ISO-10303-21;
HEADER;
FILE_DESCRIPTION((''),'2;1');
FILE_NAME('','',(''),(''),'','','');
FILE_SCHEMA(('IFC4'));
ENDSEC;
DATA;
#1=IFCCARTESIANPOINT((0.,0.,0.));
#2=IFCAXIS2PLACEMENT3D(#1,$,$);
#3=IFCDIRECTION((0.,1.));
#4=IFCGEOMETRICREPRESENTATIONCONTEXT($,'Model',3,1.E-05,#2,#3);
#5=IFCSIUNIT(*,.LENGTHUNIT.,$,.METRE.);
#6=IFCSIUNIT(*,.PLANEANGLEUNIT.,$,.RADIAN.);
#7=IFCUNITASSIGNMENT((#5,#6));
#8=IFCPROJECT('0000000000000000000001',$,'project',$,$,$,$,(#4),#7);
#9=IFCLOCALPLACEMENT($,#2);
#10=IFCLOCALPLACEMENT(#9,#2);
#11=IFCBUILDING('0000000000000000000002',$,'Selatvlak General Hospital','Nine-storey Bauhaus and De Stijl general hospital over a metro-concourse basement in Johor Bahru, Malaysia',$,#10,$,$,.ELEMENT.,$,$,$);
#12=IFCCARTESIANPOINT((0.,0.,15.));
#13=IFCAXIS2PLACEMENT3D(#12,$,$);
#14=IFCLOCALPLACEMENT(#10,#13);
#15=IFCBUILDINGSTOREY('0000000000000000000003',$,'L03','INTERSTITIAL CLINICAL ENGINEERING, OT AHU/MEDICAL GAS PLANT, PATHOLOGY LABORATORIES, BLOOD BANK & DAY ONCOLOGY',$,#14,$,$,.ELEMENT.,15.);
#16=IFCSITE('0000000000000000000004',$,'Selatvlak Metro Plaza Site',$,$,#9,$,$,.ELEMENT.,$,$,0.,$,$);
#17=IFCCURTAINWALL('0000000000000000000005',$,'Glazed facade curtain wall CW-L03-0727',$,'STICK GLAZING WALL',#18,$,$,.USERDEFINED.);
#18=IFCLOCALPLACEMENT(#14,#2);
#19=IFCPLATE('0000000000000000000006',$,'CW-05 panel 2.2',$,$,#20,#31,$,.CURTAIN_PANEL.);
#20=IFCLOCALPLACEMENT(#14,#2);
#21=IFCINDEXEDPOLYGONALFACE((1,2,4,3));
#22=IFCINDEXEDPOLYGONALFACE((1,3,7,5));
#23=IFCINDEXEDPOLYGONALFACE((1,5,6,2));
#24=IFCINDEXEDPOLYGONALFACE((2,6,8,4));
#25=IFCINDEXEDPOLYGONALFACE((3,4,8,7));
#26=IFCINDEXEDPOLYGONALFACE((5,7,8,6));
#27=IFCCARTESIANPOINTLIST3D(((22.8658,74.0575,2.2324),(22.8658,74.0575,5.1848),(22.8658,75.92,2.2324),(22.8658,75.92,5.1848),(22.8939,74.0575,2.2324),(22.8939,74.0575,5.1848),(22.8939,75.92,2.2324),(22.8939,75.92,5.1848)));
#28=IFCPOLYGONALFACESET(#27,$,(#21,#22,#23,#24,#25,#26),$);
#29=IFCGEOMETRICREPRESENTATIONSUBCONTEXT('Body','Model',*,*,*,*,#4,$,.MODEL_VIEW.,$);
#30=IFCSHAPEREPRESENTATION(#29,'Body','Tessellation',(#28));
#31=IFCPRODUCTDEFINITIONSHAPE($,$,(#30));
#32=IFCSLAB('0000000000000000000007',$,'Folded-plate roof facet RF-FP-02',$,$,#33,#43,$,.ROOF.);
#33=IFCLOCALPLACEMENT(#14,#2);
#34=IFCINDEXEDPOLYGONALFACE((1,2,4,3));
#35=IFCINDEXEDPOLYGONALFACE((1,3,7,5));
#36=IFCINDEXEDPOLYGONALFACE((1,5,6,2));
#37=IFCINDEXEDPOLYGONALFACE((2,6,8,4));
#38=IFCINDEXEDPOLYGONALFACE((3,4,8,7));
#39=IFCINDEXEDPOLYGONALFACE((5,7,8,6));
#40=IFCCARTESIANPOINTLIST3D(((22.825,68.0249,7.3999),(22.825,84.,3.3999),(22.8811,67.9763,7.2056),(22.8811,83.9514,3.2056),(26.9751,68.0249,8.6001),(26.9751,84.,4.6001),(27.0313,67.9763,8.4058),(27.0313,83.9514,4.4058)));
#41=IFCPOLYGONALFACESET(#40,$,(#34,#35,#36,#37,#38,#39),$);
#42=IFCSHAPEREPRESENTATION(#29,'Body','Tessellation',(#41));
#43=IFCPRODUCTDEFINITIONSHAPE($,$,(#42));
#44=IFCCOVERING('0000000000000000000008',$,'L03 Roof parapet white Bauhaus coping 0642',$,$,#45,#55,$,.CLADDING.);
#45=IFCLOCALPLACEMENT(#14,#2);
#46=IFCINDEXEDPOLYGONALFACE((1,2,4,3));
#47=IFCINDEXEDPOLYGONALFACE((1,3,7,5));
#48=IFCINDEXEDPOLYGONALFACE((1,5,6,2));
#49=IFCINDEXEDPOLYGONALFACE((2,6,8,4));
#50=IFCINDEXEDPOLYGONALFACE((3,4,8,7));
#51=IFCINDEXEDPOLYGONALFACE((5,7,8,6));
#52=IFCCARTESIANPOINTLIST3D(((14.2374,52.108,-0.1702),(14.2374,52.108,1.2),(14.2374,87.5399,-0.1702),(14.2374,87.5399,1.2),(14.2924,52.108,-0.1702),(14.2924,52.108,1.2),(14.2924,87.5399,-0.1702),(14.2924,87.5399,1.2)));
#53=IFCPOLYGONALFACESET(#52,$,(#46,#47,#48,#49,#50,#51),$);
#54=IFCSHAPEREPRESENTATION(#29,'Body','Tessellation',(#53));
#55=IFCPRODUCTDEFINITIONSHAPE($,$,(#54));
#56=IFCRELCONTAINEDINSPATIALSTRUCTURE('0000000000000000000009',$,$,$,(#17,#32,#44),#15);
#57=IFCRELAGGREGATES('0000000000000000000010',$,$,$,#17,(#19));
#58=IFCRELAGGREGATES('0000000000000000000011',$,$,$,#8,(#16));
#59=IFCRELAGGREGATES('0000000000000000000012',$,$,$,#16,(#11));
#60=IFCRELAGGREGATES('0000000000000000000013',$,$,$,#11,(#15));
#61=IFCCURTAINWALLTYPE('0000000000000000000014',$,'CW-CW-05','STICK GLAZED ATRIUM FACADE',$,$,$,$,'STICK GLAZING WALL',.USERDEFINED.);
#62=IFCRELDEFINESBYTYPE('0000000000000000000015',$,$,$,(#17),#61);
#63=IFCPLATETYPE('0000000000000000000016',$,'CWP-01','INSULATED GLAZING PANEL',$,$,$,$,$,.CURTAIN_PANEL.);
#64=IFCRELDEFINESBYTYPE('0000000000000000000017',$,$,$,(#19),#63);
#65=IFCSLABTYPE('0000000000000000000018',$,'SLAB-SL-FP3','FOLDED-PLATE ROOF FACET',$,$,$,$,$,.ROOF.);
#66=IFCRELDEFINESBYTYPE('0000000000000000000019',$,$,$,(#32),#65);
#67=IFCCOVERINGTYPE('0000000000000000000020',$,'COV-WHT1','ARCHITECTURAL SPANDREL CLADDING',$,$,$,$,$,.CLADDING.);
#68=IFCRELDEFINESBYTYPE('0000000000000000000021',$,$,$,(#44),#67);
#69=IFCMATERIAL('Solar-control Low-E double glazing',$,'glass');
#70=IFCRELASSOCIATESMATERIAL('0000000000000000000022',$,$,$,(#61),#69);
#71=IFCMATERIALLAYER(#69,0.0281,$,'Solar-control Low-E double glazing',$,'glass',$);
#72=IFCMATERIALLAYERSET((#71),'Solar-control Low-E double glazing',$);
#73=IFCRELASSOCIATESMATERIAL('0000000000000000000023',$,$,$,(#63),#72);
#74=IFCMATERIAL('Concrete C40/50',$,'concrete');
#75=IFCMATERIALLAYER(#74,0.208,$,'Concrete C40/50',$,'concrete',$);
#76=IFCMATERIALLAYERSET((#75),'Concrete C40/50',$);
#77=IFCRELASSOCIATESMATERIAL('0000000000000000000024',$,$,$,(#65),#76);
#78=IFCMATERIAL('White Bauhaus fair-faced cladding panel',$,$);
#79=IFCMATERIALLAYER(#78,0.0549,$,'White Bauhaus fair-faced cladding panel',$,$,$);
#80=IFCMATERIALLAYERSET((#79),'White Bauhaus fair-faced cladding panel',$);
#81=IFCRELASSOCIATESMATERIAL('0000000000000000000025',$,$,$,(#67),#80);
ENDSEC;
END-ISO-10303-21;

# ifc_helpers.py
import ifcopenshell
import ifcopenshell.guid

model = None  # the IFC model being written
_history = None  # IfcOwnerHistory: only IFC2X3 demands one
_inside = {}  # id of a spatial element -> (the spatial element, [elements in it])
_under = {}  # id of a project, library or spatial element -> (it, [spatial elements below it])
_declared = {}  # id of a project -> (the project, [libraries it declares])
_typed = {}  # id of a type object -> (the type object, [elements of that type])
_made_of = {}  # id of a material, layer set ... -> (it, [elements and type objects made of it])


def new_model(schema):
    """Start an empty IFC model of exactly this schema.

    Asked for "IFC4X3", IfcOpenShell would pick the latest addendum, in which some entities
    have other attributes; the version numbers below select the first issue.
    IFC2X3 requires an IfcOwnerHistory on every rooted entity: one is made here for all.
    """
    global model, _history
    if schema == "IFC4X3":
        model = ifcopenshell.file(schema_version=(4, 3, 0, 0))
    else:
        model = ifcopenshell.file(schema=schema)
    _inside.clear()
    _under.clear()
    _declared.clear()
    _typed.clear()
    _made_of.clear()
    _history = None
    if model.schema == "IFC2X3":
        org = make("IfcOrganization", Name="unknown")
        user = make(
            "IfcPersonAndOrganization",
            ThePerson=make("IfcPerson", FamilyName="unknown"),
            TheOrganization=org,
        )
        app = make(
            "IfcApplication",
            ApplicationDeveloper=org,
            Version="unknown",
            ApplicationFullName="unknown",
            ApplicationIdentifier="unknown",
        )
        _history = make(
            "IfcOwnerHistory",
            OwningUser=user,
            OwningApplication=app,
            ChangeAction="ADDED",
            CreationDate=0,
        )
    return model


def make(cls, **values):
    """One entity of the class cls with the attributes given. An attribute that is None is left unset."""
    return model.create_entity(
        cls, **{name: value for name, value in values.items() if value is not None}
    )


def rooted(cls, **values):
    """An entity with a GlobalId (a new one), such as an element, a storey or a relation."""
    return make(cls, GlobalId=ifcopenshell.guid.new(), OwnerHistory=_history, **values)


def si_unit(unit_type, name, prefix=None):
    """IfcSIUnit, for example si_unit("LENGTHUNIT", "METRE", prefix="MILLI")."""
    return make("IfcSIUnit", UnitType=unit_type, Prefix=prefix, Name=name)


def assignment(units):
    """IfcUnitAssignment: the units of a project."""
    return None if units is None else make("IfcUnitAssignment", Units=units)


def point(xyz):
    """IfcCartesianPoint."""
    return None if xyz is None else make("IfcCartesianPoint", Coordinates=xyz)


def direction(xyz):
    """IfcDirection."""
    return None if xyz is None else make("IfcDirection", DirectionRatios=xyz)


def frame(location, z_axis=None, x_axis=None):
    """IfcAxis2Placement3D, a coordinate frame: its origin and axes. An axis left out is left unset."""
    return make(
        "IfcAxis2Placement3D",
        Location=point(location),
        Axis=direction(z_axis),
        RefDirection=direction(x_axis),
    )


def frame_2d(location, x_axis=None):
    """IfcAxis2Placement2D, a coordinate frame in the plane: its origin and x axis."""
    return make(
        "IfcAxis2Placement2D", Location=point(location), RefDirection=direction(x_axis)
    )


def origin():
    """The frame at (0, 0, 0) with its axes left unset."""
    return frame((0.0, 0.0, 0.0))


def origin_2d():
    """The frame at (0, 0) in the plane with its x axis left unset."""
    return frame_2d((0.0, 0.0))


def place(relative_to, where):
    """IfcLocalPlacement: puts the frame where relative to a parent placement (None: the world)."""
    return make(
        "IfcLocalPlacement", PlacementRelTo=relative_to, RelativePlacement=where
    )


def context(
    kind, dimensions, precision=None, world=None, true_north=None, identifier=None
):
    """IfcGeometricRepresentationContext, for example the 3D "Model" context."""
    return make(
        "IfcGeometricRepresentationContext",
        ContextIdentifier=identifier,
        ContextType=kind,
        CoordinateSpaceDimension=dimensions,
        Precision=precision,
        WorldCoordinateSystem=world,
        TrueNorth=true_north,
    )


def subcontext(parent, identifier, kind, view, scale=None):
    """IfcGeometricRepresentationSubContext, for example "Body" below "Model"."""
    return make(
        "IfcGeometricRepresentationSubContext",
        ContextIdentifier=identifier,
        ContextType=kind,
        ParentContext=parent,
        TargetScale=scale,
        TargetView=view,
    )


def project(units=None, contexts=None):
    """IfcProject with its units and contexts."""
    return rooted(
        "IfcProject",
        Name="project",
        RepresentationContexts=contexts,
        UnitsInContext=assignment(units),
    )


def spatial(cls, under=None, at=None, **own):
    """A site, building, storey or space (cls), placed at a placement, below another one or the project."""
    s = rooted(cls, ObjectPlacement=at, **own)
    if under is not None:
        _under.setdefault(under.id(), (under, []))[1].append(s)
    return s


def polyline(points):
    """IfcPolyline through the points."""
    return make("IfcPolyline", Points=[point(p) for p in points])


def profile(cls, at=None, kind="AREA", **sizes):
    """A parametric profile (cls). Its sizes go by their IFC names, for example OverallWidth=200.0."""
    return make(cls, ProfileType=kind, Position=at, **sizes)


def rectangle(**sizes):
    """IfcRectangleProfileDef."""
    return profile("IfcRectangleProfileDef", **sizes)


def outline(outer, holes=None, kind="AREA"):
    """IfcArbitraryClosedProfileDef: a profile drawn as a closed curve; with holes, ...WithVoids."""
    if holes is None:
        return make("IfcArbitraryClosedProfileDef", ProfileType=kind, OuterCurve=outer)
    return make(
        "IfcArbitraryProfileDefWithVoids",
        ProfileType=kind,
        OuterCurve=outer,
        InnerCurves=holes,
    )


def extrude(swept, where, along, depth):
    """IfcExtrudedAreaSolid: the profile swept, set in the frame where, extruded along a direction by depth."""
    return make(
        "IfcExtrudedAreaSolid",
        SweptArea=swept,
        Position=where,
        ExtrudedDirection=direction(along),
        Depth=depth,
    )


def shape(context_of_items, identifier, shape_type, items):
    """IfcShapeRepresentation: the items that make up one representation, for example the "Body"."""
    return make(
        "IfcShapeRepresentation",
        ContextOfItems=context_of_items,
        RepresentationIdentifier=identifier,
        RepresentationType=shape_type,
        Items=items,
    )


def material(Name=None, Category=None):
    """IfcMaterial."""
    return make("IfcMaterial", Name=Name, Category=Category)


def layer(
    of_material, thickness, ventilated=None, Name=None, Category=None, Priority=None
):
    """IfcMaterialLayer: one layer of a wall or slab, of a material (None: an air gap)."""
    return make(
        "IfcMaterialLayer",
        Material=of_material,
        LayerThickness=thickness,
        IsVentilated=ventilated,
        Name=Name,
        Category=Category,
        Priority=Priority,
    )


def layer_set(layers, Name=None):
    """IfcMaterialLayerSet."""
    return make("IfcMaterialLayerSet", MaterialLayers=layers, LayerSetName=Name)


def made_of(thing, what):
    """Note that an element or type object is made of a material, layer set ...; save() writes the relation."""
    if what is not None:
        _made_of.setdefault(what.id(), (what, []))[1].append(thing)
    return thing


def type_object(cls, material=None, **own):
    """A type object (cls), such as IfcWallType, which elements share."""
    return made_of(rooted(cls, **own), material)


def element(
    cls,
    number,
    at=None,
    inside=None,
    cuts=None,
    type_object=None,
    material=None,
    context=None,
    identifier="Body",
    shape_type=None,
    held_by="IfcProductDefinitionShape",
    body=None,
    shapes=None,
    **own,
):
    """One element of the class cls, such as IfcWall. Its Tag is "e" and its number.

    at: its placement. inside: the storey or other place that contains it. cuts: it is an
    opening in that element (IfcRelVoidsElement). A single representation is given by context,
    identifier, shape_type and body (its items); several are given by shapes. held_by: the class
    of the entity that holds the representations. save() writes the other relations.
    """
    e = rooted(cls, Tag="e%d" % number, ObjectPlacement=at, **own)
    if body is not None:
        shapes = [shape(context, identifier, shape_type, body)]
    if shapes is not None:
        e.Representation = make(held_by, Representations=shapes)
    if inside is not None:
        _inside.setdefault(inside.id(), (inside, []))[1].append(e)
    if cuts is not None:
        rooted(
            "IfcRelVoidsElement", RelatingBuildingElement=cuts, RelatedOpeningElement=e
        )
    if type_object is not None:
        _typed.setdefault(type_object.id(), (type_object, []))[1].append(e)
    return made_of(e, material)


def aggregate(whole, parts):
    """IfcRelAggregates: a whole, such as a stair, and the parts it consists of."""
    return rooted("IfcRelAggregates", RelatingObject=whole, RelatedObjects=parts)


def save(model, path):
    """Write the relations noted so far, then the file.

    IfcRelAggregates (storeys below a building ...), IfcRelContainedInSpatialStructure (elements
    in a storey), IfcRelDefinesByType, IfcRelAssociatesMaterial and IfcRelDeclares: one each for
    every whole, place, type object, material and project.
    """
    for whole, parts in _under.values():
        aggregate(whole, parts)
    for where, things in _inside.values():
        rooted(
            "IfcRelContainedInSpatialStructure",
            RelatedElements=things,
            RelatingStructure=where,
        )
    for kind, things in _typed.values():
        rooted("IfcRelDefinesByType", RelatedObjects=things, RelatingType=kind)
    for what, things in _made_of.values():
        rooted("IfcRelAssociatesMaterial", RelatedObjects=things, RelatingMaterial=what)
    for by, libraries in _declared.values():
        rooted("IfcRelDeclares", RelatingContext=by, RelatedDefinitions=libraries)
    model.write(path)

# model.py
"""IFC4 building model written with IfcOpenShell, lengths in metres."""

from ifc_helpers import new_model, si_unit, direction, frame, origin, origin_2d, place, context, subcontext, project, spatial, polyline, rectangle, outline, extrude, material, layer, layer_set, type_object, element, aggregate, save


model = new_model("IFC4")

# Units and contexts
model_context = context("Model", 3, precision=1e-05, world=origin(), true_north=direction((0.0, 1.0)))
body_context = subcontext(model_context, "Body", "Model", "MODEL_VIEW")
ifc_project = project(units=[si_unit("LENGTHUNIT", "METRE"), si_unit("PLANEANGLEUNIT", "RADIAN")], contexts=[model_context])

# Site, building, storey
site_placement = place(None, origin())
site = spatial("IfcSite", under=ifc_project, at=site_placement, Name="Selatvlak Metro Plaza Site", CompositionType="ELEMENT", RefElevation=0.0)
building_placement = place(site_placement, origin())
building = spatial("IfcBuilding", under=site, at=building_placement, Name="Selatvlak General Hospital", Description="Nine-storey Bauhaus and De Stijl general hospital over a metro-concourse basement in Johor Bahru, Malaysia", CompositionType="ELEMENT")
storey_placement = place(building_placement, frame((0.0, 0.0, 15.0)))
storey = spatial("IfcBuildingStorey", under=building, at=storey_placement, Name="L03", Description="INTERSTITIAL CLINICAL ENGINEERING, OT AHU/MEDICAL GAS PLANT, PATHOLOGY LABORATORIES, BLOOD BANK & DAY ONCOLOGY", CompositionType="ELEMENT", Elevation=15.0)

# Curtain wall
ifc_material_1 = material(Name="Solar-control Low-E double glazing", Category="glass")
curtain_wall_type = type_object("IfcCurtainWallType", Name="CW-CW-05", Description="STICK GLAZED ATRIUM FACADE", ElementType="STICK GLAZING WALL", PredefinedType="USERDEFINED", material=ifc_material_1)
curtain_wall_1_placement = place(storey_placement, origin())
curtain_wall_1 = element("IfcCurtainWall", 1, at=curtain_wall_1_placement, inside=storey, type_object=curtain_wall_type, Name="Glazed facade curtain wall CW-L03-0727", ObjectType="STICK GLAZING WALL", PredefinedType="USERDEFINED")

# Plate
ifc_layer_1 = layer(ifc_material_1, 0.0281, Name="Solar-control Low-E double glazing", Category="glass")
ifc_layer_set_1 = layer_set([ifc_layer_1], Name="Solar-control Low-E double glazing")
plate_type = type_object("IfcPlateType", Name="CWP-01", Description="INSULATED GLAZING PANEL", PredefinedType="CURTAIN_PANEL", material=ifc_layer_set_1)
plate_1_placement = place(storey_placement, frame((22.8799, 74.9888, 2.2324), z_axis=(0.0, 0.0, 1.0), x_axis=(0.0, 1.0, 0.0)))
plate_1 = element("IfcPlate", 2, at=plate_1_placement, type_object=plate_type, Name="CW-05 panel 2.2", PredefinedType="CURTAIN_PANEL", context=body_context, shape_type="SweptSolid", body=[
    extrude(rectangle(XDim=1.8625, YDim=0.0281, at=origin_2d()), origin(), (0.0, 0.0, 1.0), 2.9524),
])
aggregate(curtain_wall_1, [plate_1])

# Slab
ifc_material_2 = material(Name="Concrete C40/50", Category="concrete")
ifc_layer_2 = layer(ifc_material_2, 0.208, Name="Concrete C40/50", Category="concrete")
ifc_layer_set_2 = layer_set([ifc_layer_2], Name="Concrete C40/50")
slab_type = type_object("IfcSlabType", Name="SLAB-SL-FP3", Description="FOLDED-PLATE ROOF FACET", PredefinedType="ROOF", material=ifc_layer_set_2)
slab_placement = place(storey_placement, frame((22.825, 68.0249, 7.3999), z_axis=(-0.270106, 0.233863, 0.933997), x_axis=(0.960636, 0.0, 0.27781)))
element("IfcSlab", 3, at=slab_placement, inside=storey, type_object=slab_type, Name="Folded-plate roof facet RF-FP-02", PredefinedType="ROOF", context=body_context, shape_type="SweptSolid", body=[
    extrude(outline(polyline([(0.0, 0.0), (4.3202, 0.0), (3.209, 16.4307), (-1.1112, 16.4307), (0.0, 0.0)])), origin(), (0.0, 0.0, -1.0), 0.208),
])

# Covering
ifc_material_3 = material(Name="White Bauhaus fair-faced cladding panel")
ifc_layer_3 = layer(ifc_material_3, 0.0549, Name="White Bauhaus fair-faced cladding panel")
ifc_layer_set_3 = layer_set([ifc_layer_3], Name="White Bauhaus fair-faced cladding panel")
covering_type = type_object("IfcCoveringType", Name="COV-WHT1", Description="ARCHITECTURAL SPANDREL CLADDING", PredefinedType="CLADDING", material=ifc_layer_set_3)
covering_placement = place(storey_placement, frame((14.2649, 69.824, -0.1702), z_axis=(0.0, 0.0, 1.0), x_axis=(0.0, 1.0, 0.0)))
element("IfcCovering", 4, at=covering_placement, inside=storey, type_object=covering_type, Name="L03 Roof parapet white Bauhaus coping 0642", PredefinedType="CLADDING", context=body_context, shape_type="SweptSolid", body=[
    extrude(rectangle(XDim=35.4319, YDim=0.0549, at=origin_2d()), origin(), (0.0, 0.0, 1.0), 1.3701),
])

save(model, "model.ifc")
